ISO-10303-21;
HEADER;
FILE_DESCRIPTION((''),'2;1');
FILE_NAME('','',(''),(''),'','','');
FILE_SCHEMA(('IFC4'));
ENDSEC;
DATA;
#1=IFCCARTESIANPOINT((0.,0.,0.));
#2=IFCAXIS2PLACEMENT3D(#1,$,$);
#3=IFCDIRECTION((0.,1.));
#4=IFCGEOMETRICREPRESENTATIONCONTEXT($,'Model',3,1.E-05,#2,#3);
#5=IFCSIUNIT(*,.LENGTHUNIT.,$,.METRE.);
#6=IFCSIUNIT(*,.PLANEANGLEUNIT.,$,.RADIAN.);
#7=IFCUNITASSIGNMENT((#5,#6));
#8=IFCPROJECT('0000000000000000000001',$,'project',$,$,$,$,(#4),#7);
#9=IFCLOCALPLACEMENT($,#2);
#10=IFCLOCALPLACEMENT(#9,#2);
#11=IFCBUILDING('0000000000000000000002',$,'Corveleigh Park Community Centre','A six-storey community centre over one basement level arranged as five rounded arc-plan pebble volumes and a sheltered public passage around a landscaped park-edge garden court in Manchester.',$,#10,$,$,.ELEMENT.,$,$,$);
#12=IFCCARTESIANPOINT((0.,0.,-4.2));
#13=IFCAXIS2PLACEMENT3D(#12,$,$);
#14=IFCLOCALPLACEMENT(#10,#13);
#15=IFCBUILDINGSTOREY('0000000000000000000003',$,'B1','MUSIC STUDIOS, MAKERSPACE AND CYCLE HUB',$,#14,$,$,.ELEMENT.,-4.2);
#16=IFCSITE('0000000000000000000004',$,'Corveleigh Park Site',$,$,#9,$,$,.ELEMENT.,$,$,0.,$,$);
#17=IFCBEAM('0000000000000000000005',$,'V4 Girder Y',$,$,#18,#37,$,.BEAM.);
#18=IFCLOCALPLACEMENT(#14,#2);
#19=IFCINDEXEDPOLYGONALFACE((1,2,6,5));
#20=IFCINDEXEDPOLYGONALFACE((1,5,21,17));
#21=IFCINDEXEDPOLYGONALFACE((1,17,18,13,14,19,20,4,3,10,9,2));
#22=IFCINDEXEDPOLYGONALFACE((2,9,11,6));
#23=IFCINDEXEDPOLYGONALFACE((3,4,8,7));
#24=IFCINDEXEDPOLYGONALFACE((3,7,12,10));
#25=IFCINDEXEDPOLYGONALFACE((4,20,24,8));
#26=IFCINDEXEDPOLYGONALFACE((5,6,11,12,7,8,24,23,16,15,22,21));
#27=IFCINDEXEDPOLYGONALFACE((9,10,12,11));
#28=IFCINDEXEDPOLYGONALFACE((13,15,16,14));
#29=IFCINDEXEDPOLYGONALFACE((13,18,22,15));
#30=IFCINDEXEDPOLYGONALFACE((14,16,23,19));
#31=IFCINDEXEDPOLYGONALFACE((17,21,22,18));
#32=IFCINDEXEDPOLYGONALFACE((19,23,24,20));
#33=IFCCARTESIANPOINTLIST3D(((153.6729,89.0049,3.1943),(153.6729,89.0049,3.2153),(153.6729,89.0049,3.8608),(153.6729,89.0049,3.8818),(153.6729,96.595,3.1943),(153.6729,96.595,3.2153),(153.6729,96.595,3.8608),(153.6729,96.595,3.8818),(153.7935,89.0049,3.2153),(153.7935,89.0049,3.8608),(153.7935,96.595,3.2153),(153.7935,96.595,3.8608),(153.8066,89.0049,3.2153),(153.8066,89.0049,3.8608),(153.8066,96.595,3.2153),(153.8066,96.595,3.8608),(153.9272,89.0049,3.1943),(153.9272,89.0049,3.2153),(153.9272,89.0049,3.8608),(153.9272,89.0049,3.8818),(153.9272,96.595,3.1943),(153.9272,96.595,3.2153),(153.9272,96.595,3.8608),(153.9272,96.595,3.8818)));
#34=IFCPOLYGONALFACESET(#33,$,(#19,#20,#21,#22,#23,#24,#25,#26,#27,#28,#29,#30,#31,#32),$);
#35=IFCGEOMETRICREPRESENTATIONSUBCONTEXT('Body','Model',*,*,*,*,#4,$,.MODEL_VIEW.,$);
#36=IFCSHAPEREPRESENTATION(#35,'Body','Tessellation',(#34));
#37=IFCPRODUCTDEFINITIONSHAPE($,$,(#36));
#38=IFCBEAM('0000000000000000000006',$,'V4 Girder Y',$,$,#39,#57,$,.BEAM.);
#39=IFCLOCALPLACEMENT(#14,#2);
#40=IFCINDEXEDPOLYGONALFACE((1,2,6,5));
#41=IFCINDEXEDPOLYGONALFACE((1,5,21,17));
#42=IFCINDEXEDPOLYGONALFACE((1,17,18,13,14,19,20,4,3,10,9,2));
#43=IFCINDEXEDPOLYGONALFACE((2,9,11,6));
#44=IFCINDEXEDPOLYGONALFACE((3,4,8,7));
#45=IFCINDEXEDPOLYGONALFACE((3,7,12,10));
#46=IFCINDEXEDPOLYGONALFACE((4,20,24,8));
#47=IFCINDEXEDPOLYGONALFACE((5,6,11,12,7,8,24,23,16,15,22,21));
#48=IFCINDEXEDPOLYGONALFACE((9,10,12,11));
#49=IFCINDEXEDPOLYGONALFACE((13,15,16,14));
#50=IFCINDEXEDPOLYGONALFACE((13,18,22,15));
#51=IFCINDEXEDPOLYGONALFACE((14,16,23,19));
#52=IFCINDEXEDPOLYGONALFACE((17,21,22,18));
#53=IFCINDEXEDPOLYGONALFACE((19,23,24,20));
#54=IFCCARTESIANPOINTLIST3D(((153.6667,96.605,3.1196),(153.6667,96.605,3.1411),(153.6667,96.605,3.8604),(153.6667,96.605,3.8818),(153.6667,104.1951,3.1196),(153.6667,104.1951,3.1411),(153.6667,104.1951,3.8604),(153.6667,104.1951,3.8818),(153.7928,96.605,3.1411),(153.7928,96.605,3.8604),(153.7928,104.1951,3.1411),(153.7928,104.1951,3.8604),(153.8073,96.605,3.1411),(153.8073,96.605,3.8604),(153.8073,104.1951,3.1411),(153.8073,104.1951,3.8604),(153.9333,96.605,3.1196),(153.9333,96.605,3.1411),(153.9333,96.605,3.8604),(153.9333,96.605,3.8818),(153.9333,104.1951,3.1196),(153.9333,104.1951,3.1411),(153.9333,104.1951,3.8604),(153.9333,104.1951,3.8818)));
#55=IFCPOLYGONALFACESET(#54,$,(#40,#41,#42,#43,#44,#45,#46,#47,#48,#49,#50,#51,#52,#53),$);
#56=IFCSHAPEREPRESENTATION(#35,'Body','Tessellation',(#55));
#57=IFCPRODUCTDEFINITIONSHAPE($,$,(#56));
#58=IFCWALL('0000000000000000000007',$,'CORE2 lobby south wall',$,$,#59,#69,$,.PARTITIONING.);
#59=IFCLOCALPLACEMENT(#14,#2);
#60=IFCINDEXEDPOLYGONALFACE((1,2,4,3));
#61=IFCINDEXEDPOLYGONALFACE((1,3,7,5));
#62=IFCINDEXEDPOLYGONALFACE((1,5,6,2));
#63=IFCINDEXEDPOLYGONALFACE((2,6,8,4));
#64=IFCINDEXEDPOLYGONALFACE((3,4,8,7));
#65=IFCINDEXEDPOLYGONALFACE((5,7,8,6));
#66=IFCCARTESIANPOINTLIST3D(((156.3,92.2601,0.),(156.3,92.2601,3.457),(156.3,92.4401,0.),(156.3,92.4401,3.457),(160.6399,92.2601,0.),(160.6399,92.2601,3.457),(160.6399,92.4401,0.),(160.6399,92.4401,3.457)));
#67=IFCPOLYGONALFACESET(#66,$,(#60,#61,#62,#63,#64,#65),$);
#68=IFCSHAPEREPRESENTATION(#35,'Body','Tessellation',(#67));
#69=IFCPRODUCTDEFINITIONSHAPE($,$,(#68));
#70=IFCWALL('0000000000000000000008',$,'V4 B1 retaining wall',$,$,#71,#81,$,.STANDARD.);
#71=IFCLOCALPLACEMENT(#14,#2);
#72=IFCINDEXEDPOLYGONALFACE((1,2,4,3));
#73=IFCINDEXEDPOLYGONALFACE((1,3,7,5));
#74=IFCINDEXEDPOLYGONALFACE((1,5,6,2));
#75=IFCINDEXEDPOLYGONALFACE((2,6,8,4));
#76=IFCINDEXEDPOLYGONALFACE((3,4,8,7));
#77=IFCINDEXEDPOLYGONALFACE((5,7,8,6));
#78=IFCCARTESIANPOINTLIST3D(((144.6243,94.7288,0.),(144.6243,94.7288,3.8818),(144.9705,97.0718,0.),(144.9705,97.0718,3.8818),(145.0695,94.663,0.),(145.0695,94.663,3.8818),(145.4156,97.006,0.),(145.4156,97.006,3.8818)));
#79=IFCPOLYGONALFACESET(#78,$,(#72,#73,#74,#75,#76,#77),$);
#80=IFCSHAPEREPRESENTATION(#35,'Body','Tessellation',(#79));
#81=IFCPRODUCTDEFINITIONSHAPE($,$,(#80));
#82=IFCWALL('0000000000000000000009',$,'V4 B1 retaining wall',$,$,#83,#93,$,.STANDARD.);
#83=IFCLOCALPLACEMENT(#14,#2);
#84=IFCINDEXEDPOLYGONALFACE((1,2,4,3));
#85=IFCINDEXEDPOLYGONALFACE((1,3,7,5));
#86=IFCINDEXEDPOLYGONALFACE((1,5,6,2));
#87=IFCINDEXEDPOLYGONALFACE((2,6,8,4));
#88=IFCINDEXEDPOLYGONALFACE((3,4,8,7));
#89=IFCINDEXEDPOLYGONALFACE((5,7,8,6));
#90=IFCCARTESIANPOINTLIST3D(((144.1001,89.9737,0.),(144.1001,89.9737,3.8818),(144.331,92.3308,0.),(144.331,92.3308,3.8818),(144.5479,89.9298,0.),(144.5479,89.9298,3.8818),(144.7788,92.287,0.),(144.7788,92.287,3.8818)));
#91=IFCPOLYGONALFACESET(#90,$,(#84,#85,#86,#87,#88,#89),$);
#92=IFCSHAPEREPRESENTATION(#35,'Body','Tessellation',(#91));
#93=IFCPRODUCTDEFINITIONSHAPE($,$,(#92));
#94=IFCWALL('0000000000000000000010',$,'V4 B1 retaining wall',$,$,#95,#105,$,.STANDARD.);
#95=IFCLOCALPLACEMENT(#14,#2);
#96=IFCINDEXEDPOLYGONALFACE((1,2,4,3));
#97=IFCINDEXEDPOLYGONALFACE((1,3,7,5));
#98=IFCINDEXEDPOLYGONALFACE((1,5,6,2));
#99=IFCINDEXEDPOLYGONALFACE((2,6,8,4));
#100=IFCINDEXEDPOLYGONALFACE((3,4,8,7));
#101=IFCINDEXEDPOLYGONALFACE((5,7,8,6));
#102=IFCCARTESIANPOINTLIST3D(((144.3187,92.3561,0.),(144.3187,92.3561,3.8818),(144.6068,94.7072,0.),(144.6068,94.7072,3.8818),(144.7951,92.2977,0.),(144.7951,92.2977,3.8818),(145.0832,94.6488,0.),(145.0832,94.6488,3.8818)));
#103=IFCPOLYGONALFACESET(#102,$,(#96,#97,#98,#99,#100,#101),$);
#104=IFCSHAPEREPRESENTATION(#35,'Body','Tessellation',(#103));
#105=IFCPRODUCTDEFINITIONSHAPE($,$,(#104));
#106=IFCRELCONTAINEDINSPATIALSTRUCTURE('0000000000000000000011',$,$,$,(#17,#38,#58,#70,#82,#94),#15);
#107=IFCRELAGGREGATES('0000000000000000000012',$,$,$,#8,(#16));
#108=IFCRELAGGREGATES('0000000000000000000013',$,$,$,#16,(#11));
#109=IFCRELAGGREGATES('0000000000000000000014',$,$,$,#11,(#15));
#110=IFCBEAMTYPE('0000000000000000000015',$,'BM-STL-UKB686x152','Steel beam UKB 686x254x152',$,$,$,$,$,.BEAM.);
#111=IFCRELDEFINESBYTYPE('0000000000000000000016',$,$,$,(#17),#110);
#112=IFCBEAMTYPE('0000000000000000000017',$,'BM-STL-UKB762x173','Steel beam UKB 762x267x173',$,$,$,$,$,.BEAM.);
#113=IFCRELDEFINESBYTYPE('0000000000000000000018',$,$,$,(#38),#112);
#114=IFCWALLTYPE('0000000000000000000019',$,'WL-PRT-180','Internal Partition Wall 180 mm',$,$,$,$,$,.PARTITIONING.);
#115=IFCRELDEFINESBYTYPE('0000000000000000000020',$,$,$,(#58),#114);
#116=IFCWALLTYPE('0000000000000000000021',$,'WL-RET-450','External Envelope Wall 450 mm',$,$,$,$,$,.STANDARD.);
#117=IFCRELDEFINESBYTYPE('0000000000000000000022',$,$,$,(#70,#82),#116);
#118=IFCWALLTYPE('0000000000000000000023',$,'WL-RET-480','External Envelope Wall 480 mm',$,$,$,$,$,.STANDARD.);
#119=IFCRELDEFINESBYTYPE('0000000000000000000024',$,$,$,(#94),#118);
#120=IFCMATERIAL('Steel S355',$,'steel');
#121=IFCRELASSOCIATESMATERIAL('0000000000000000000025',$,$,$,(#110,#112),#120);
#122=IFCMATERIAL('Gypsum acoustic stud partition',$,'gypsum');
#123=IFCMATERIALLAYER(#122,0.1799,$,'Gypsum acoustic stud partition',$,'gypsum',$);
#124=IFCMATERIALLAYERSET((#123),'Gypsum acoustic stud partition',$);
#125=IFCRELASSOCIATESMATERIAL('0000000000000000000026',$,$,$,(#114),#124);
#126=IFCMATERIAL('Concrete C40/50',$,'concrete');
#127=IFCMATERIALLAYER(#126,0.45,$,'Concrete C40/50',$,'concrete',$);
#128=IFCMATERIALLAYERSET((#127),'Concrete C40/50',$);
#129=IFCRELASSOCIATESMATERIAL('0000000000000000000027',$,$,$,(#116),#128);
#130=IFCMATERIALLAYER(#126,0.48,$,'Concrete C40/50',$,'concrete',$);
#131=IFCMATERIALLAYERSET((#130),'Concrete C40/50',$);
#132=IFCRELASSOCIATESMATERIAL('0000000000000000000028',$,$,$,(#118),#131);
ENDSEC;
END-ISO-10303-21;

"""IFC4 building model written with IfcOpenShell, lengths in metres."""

from ifc_helpers import new_model, si_unit, direction, frame, frame_2d, origin, origin_2d, place, context, subcontext, project, spatial, rectangle, i_section, extrude, material, layer, layer_set, material_profile, profile_set, type_object, element, save


model = new_model("IFC4")

# Units and contexts
model_context = context("Model", 3, precision=1e-05, world=origin(), true_north=direction((0.0, 1.0)))
body_context = subcontext(model_context, "Body", "Model", "MODEL_VIEW")
ifc_project = project(units=[si_unit("LENGTHUNIT", "METRE"), si_unit("PLANEANGLEUNIT", "RADIAN")], contexts=[model_context])

# Site, building, storey
site_placement = place(None, origin())
site = spatial("IfcSite", under=ifc_project, at=site_placement, Name="Corveleigh Park Site", CompositionType="ELEMENT", RefElevation=0.0)
building_placement = place(site_placement, origin())
building = spatial("IfcBuilding", under=site, at=building_placement, Name="Corveleigh Park Community Centre", Description="A six-storey community centre over one basement level arranged as five rounded arc-plan pebble volumes and a sheltered public passage around a landscaped park-edge garden court in Manchester.", CompositionType="ELEMENT")
storey_placement = place(building_placement, frame((0.0, 0.0, -4.2)))
storey = spatial("IfcBuildingStorey", under=building, at=storey_placement, Name="B1", Description="MUSIC STUDIOS, MAKERSPACE AND CYCLE HUB", CompositionType="ELEMENT", Elevation=-4.2)

# Shared definitions
ifc_material_1 = material(Name="Concrete C40/50", Category="concrete")

# Shared definitions
ifc_material_2 = material(Name="Steel S355", Category="steel")

# Beams
ifc_material_profile_1 = material_profile(ifc_material_2, i_section(OverallWidth=0.2544, OverallDepth=0.6875, WebThickness=0.0132, FlangeThickness=0.021, at=origin_2d()), Name="UKB 686x254x152", Category="steel")
ifc_profile_set_1 = profile_set([ifc_material_profile_1], Name="Steel S355")
beam_type_1 = type_object("IfcBeamType", Name="BM-STL-UKB686x152", Description="Steel beam UKB 686x254x152", PredefinedType="BEAM", material=ifc_profile_set_1)
beam_1_placement = place(storey_placement, frame((153.8, 89.0049, 3.5381), z_axis=(0.0, 1.0, 0.0), x_axis=(-1.0, 0.0, 0.0)))
element("IfcBeam", 1, at=beam_1_placement, inside=storey, type_object=beam_type_1, Name="V4 Girder Y", PredefinedType="BEAM", context=body_context, shape_type="SweptSolid", body=[
    extrude(i_section(OverallWidth=0.2544, OverallDepth=0.6875, WebThickness=0.0132, FlangeThickness=0.021, at=origin_2d()), origin(), (0.0, 0.0, 1.0), 7.5901),
])
ifc_material_profile_2 = material_profile(ifc_material_2, i_section(OverallWidth=0.2666, OverallDepth=0.7622, WebThickness=0.0144, FlangeThickness=0.0215, at=origin_2d()), Name="UKB 762x267x173", Category="steel")
ifc_profile_set_2 = profile_set([ifc_material_profile_2], Name="Steel S355")
beam_type_2 = type_object("IfcBeamType", Name="BM-STL-UKB762x173", Description="Steel beam UKB 762x267x173", PredefinedType="BEAM", material=ifc_profile_set_2)
beam_2_placement = place(storey_placement, frame((153.8, 96.605, 3.5007), z_axis=(0.0, 1.0, 0.0), x_axis=(-1.0, 0.0, 0.0)))
element("IfcBeam", 2, at=beam_2_placement, inside=storey, type_object=beam_type_2, Name="V4 Girder Y", PredefinedType="BEAM", context=body_context, shape_type="SweptSolid", body=[
    extrude(i_section(OverallWidth=0.2666, OverallDepth=0.7622, WebThickness=0.0144, FlangeThickness=0.0215, at=origin_2d()), origin(), (0.0, 0.0, 1.0), 7.5901),
])

# Walls
ifc_material_3 = material(Name="Gypsum acoustic stud partition", Category="gypsum")
ifc_layer_1 = layer(ifc_material_3, 0.1799, Name="Gypsum acoustic stud partition", Category="gypsum")
ifc_layer_set_1 = layer_set([ifc_layer_1], Name="Gypsum acoustic stud partition")
wall_type_1 = type_object("IfcWallType", Name="WL-PRT-180", Description="Internal Partition Wall 180 mm", PredefinedType="PARTITIONING", material=ifc_layer_set_1)
wall_1_placement = place(storey_placement, frame((156.3, 92.3501, 0.0), z_axis=(0.0, 0.0, 1.0), x_axis=(1.0, 0.0, 0.0)))
element("IfcWall", 3, at=wall_1_placement, inside=storey, type_object=wall_type_1, Name="CORE2 lobby south wall", PredefinedType="PARTITIONING", context=body_context, shape_type="SweptSolid", body=[
    extrude(rectangle(XDim=4.3398, YDim=0.1799, at=frame_2d((2.1699, 0.0))), origin(), (0.0, 0.0, 1.0), 3.457),
])
ifc_layer_2 = layer(ifc_material_1, 0.45, Name="Concrete C40/50", Category="concrete")
ifc_layer_set_2 = layer_set([ifc_layer_2], Name="Concrete C40/50")
wall_type_2 = type_object("IfcWallType", Name="WL-RET-450", Description="External Envelope Wall 450 mm", PredefinedType="STANDARD", material=ifc_layer_set_2)
for number, where, z_axis, x_axis, name in (
    (4, (144.8469, 94.696, 0.0), (0.0, 0.0, 1.0), (0.146168, 0.98926, 0.0), "V4 B1 retaining wall"),
    (5, (144.324, 89.9519, 0.0), (0.0, 0.0, 1.0), (0.097513, 0.995234, 0.0), "V4 B1 retaining wall"),
):
    element("IfcWall", number, at=place(storey_placement, frame(where, z_axis=z_axis, x_axis=x_axis)), inside=storey, type_object=wall_type_2, Name=name, PredefinedType="STANDARD", context=body_context, shape_type="SweptSolid", body=[
        extrude(rectangle(XDim=2.3684, YDim=0.45, at=frame_2d((1.1841, 0.0))), origin(), (0.0, 0.0, 1.0), 3.8818),
    ])
ifc_layer_3 = layer(ifc_material_1, 0.48, Name="Concrete C40/50", Category="concrete")
ifc_layer_set_3 = layer_set([ifc_layer_3], Name="Concrete C40/50")
wall_type_3 = type_object("IfcWallType", Name="WL-RET-480", Description="External Envelope Wall 480 mm", PredefinedType="STANDARD", material=ifc_layer_set_3)
wall_2_placement = place(storey_placement, frame((144.5569, 92.3269, 0.0), z_axis=(0.0, 0.0, 1.0), x_axis=(0.121624, 0.992576, 0.0)))
element("IfcWall", 6, at=wall_2_placement, inside=storey, type_object=wall_type_3, Name="V4 B1 retaining wall", PredefinedType="STANDARD", context=body_context, shape_type="SweptSolid", body=[
    extrude(rectangle(XDim=2.3687, YDim=0.48, at=frame_2d((1.1843, 0.0))), origin(), (0.0, 0.0, 1.0), 3.8818),
])

save(model, "model.ifc")
